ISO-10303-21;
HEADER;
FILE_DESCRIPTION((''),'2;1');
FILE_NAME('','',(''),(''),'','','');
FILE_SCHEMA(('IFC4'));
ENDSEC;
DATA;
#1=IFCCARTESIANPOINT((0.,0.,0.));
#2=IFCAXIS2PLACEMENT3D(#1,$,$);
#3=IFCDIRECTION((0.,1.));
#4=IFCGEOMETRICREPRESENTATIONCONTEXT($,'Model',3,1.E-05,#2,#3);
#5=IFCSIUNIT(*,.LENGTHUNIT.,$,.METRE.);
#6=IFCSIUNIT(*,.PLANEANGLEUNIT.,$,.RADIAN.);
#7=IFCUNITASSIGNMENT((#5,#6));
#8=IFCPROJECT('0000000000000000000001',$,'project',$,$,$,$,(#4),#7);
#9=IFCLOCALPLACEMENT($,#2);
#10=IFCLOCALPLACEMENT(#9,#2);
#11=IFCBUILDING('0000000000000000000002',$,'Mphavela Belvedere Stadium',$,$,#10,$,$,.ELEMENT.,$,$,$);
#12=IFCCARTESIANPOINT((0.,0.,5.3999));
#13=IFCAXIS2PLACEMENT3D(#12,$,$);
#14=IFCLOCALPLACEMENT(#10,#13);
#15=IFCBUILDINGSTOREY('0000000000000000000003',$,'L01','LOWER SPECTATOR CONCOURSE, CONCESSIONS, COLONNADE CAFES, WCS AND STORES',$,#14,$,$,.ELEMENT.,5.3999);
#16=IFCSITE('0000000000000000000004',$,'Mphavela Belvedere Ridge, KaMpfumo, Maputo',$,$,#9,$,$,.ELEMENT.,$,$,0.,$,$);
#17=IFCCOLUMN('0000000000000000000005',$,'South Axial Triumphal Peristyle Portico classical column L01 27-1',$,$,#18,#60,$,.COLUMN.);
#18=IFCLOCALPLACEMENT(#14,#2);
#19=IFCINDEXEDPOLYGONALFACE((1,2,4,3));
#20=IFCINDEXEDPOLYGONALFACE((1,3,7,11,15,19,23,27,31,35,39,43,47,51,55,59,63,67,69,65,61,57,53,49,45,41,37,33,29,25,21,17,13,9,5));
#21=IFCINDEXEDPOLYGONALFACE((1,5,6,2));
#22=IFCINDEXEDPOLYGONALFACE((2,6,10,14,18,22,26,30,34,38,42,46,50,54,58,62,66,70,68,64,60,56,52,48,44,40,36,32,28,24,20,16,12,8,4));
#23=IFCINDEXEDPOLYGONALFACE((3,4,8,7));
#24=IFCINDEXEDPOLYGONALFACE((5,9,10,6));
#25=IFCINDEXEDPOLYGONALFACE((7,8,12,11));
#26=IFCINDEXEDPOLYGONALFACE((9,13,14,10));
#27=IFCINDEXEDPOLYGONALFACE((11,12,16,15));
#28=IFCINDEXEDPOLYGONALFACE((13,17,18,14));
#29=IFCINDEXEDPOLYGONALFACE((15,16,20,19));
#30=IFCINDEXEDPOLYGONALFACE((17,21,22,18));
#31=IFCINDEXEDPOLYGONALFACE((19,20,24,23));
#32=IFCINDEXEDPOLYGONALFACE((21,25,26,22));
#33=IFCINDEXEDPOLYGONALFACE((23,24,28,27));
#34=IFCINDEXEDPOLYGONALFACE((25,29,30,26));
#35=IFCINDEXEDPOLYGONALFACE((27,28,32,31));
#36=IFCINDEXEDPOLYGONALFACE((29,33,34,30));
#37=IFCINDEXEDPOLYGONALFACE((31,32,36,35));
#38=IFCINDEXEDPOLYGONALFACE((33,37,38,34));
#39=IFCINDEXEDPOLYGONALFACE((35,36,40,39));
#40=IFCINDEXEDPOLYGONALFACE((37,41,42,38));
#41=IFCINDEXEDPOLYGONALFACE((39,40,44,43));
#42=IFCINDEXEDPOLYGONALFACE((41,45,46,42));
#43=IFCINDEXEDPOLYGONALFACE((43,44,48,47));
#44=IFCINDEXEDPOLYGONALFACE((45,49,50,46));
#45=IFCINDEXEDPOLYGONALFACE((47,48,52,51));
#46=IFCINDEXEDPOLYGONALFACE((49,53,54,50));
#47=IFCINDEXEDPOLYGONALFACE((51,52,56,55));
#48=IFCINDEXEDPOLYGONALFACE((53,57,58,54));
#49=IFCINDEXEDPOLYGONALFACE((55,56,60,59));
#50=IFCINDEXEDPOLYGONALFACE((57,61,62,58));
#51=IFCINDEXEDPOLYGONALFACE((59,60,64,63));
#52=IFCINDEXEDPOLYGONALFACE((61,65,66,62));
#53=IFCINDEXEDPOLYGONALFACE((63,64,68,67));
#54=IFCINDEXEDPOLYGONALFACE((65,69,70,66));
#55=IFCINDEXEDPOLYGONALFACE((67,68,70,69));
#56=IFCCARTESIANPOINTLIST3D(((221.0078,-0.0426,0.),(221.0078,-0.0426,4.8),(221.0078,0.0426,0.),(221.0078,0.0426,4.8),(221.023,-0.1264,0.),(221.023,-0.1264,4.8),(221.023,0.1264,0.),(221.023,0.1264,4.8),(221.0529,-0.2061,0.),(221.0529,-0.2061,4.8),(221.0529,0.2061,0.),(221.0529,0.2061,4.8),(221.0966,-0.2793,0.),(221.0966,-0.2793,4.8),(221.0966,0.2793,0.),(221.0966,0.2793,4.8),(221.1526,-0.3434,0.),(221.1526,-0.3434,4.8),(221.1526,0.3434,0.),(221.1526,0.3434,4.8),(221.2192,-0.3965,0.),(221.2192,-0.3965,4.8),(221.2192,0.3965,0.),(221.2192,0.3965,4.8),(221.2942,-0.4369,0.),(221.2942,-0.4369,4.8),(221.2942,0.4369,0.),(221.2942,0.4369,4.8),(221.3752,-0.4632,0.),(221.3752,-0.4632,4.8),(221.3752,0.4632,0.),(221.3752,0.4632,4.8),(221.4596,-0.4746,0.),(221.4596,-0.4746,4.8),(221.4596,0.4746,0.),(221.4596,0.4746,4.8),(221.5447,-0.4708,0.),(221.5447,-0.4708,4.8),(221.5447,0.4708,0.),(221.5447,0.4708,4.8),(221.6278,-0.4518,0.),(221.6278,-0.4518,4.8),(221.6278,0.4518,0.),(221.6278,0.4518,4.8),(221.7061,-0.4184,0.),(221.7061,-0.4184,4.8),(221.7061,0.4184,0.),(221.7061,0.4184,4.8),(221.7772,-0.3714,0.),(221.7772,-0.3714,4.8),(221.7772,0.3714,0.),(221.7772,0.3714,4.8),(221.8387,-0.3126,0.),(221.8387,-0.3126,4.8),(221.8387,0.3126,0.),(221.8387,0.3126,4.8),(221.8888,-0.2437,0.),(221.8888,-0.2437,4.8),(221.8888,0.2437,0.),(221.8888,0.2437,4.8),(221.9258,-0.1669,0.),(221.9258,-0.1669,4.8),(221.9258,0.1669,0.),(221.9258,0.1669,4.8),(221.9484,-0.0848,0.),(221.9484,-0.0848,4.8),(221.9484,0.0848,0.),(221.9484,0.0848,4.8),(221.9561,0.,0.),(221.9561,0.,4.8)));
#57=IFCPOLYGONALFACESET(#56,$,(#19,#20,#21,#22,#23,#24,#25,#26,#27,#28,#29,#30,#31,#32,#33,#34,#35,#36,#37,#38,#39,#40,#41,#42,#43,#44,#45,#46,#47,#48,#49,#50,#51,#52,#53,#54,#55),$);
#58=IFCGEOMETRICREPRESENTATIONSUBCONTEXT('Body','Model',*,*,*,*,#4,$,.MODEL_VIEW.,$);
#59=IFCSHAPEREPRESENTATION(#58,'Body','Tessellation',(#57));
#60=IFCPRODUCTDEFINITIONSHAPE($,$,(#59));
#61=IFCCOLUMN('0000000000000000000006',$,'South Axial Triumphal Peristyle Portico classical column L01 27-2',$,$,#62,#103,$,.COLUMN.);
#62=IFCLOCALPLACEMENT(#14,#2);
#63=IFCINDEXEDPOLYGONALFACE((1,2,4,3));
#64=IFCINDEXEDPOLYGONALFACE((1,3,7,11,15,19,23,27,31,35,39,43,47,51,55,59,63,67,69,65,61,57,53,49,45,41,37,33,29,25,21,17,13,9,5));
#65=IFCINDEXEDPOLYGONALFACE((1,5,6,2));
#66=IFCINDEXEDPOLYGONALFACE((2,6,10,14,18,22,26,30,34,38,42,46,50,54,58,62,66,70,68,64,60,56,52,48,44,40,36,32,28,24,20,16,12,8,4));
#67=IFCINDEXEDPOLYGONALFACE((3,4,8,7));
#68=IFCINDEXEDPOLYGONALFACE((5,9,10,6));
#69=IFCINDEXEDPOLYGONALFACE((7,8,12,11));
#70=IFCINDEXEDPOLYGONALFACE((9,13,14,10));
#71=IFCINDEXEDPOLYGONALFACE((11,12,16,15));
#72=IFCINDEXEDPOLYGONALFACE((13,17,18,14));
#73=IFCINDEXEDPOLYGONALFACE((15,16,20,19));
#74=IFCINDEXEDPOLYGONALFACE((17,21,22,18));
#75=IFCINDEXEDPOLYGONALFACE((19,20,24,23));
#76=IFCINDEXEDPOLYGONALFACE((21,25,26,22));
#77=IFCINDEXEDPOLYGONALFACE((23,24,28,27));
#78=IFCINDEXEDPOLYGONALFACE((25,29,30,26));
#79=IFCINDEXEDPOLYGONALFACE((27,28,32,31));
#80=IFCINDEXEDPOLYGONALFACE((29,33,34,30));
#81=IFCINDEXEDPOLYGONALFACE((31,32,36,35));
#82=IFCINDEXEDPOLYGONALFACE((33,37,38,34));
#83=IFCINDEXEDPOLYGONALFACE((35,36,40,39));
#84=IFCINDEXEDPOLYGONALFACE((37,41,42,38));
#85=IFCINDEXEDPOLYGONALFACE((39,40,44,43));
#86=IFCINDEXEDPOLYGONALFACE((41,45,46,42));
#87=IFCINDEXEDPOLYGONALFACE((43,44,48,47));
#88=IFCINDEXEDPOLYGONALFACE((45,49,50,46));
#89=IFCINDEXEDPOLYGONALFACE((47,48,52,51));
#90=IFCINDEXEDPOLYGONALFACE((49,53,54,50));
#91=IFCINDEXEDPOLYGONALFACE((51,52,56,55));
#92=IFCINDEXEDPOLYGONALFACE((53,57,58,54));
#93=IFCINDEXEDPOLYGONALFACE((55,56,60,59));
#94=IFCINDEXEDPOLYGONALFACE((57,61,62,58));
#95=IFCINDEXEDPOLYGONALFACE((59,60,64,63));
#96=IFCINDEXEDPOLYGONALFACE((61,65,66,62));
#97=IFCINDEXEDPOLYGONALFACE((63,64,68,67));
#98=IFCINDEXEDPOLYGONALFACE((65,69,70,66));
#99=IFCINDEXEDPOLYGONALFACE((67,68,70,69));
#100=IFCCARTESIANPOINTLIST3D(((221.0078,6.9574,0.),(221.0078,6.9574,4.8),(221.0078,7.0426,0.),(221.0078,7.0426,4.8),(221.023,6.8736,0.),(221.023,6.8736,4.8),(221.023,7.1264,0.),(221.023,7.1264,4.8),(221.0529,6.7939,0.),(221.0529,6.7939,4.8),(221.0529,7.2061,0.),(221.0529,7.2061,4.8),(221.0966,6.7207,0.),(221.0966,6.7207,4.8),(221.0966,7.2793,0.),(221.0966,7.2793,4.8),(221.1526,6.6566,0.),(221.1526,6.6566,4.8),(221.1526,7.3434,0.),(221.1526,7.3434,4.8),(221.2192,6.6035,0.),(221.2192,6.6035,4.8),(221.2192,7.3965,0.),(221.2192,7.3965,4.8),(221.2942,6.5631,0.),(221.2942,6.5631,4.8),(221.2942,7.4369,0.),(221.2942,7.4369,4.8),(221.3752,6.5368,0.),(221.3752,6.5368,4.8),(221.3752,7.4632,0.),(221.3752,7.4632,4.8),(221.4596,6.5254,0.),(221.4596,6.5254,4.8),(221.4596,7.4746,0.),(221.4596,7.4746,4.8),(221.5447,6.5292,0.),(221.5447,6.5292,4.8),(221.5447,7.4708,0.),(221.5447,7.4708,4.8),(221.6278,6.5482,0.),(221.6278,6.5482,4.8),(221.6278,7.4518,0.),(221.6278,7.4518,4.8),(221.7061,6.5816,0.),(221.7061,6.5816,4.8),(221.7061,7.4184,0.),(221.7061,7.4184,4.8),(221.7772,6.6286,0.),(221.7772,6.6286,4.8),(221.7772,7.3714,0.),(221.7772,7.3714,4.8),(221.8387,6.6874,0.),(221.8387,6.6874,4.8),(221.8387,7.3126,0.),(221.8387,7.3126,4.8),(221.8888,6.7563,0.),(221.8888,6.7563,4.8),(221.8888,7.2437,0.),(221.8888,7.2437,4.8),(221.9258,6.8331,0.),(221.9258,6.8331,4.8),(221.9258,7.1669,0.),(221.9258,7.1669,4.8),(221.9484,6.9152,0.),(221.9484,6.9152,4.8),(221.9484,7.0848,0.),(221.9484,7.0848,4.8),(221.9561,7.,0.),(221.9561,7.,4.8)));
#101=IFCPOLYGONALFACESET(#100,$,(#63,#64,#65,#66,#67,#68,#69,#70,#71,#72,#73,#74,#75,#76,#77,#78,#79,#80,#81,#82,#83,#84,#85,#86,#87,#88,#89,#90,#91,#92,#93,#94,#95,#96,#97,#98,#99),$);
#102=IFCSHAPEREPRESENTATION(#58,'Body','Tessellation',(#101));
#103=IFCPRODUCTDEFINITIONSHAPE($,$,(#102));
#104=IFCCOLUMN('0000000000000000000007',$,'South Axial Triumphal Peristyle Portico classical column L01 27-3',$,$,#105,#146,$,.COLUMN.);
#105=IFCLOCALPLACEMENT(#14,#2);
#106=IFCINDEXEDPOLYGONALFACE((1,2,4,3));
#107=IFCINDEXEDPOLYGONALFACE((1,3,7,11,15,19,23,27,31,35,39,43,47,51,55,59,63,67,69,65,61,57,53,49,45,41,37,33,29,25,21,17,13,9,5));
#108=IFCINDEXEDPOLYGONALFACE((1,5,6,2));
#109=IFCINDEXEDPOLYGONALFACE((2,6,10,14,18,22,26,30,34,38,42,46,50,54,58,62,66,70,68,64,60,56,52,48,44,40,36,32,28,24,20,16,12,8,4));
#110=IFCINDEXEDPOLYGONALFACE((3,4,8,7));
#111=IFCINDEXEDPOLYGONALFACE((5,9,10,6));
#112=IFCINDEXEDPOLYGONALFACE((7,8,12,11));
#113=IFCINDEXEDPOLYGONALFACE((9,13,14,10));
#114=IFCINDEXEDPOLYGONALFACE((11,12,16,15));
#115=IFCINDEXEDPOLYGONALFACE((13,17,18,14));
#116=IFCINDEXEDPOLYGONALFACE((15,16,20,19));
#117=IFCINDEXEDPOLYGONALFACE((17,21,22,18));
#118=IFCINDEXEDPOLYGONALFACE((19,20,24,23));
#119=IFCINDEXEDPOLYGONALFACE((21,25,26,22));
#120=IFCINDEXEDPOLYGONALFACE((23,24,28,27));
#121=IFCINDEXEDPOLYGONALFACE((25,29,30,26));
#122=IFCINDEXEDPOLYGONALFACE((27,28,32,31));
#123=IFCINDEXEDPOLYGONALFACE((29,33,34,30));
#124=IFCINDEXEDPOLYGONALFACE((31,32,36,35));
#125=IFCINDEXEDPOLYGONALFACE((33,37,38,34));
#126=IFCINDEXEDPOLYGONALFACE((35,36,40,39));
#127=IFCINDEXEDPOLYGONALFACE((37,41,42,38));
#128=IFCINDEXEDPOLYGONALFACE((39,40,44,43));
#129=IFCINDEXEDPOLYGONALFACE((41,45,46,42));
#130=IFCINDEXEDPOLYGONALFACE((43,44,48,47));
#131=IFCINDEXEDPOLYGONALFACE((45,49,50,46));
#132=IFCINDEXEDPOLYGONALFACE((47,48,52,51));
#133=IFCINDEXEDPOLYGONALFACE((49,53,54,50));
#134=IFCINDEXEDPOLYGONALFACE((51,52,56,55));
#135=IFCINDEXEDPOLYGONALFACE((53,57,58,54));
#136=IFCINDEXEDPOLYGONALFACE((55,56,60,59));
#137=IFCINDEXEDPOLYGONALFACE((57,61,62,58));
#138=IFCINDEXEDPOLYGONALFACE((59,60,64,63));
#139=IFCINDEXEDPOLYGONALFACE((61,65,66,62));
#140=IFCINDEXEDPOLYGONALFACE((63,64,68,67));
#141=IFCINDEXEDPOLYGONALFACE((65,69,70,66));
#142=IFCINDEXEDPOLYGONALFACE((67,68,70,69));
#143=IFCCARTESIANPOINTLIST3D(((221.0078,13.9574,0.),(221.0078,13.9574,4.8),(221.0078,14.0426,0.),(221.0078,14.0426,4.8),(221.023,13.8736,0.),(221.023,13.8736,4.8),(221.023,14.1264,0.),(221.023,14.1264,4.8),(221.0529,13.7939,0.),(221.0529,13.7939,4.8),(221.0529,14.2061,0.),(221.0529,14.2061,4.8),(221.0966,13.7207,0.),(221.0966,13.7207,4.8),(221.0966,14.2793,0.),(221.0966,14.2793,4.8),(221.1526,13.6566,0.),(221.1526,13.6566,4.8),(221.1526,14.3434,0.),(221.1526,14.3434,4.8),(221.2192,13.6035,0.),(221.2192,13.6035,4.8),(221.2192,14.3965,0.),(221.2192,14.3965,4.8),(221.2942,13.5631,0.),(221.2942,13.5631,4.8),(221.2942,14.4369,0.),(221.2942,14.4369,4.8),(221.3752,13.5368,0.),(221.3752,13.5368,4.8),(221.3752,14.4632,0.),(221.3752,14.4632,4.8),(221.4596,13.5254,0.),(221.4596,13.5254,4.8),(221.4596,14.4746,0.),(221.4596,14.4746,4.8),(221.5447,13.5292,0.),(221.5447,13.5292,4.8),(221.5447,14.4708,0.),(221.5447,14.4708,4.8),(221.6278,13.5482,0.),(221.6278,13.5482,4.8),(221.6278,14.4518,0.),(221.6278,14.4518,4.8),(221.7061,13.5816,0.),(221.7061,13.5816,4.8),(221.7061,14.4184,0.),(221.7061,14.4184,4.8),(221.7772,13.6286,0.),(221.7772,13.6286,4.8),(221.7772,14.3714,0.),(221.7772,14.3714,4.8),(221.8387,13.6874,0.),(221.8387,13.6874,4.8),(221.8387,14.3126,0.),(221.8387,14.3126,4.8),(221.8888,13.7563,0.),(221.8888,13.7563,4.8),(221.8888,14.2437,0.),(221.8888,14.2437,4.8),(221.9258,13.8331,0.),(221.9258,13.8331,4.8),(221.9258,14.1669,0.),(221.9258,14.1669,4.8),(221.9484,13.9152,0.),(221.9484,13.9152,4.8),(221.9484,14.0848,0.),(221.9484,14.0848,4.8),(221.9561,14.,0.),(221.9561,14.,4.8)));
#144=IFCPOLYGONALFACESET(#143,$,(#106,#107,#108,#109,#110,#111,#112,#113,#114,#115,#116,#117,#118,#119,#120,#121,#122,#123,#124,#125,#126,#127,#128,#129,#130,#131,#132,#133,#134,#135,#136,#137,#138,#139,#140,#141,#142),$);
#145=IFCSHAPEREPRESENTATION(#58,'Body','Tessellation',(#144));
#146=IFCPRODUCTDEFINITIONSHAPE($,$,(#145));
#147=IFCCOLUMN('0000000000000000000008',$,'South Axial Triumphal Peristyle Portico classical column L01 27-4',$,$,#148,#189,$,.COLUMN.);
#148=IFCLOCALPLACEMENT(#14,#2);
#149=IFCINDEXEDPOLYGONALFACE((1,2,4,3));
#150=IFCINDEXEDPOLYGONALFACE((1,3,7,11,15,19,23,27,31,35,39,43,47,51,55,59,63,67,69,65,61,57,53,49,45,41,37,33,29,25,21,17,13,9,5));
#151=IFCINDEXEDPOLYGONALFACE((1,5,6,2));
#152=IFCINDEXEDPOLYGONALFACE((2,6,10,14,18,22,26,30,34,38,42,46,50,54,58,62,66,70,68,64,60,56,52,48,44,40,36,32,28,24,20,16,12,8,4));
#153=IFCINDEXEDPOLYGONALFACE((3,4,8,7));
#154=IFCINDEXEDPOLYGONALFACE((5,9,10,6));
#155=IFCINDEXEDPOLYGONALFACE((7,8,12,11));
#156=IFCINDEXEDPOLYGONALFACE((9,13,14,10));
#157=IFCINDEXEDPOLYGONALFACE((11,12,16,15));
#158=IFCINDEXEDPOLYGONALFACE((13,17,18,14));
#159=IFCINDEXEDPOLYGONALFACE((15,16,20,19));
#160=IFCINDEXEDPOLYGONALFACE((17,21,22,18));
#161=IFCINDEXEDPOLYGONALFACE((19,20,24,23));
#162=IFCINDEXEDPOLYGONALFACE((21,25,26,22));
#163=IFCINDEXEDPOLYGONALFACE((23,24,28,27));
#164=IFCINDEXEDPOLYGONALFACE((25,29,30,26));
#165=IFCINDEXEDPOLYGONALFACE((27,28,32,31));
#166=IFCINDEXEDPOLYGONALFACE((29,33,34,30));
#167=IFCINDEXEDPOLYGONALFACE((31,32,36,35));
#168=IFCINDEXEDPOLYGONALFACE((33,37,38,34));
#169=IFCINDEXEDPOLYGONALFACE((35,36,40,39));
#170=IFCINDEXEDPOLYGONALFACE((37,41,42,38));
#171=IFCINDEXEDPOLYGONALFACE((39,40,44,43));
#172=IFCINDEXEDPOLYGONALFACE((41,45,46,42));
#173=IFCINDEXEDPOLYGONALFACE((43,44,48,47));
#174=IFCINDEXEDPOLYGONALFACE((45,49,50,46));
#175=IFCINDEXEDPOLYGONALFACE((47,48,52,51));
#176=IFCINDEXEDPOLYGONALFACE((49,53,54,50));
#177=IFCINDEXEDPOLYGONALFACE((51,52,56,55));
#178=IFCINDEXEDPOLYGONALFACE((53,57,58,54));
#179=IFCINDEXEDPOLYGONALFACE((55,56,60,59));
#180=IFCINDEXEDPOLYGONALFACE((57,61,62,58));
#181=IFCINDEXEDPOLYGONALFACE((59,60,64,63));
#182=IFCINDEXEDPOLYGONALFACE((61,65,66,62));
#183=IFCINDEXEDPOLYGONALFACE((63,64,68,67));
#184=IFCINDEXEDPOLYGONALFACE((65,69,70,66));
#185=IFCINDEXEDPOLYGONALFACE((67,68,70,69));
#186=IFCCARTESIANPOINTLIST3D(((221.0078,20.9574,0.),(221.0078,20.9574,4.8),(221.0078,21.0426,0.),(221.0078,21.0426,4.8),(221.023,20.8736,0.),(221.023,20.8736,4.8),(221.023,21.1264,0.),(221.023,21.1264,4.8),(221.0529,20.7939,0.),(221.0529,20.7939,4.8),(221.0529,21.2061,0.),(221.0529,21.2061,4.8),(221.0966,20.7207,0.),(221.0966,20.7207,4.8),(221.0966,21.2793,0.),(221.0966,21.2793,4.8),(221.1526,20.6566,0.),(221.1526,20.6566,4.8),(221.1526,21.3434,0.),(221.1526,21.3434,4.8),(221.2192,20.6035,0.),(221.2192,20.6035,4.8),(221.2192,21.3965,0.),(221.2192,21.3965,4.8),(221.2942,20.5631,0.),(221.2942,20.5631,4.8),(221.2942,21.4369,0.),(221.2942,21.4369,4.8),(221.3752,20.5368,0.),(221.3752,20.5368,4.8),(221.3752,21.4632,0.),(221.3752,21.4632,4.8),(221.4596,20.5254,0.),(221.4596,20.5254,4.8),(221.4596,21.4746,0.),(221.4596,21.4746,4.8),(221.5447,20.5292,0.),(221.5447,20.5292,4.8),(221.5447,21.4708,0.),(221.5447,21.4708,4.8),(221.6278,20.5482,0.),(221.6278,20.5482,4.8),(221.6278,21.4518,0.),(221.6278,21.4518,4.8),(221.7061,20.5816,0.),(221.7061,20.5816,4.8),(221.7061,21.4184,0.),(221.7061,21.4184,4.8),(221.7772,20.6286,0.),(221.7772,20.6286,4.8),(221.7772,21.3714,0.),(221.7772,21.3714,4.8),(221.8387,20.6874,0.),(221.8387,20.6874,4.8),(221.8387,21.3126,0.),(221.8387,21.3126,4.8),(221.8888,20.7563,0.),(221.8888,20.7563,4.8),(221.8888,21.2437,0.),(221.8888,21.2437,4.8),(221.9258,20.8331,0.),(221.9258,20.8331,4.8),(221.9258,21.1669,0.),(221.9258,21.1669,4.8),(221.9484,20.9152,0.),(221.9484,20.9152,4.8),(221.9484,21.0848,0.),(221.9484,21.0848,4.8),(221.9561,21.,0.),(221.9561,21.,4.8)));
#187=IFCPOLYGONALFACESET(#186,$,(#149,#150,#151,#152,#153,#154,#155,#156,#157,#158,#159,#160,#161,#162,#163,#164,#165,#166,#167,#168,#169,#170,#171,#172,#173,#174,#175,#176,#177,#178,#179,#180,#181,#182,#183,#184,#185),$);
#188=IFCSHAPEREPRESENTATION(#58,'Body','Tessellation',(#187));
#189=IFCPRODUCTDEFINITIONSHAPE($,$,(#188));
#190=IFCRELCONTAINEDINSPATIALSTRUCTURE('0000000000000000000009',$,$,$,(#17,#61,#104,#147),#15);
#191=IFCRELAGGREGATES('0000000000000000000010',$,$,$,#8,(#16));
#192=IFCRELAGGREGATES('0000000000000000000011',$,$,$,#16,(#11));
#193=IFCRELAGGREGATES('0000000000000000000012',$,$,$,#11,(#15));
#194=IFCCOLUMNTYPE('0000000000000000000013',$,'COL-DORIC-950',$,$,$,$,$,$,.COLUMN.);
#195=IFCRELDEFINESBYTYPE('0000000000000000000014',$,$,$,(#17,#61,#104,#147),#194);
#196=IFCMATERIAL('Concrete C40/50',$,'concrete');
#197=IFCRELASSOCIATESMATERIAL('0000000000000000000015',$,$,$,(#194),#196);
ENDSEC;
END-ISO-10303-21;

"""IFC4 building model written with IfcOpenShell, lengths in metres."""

from ifc_helpers import new_model, si_unit, direction, frame, origin, origin_2d, place, context, subcontext, project, spatial, circle, extrude, material, material_profile, profile_set, type_object, element, save


model = new_model("IFC4")

# Units and contexts
model_context = context("Model", 3, precision=1e-05, world=origin(), true_north=direction((0.0, 1.0)))
body_context = subcontext(model_context, "Body", "Model", "MODEL_VIEW")
ifc_project = project(units=[si_unit("LENGTHUNIT", "METRE"), si_unit("PLANEANGLEUNIT", "RADIAN")], contexts=[model_context])

# Site, building, storey
site_placement = place(None, origin())
site = spatial("IfcSite", under=ifc_project, at=site_placement, Name="Mphavela Belvedere Ridge, KaMpfumo, Maputo", CompositionType="ELEMENT", RefElevation=0.0)
building_placement = place(site_placement, origin())
building = spatial("IfcBuilding", under=site, at=building_placement, Name="Mphavela Belvedere Stadium", CompositionType="ELEMENT")
storey_placement = place(building_placement, frame((0.0, 0.0, 5.3999)))
storey = spatial("IfcBuildingStorey", under=building, at=storey_placement, Name="L01", Description="LOWER SPECTATOR CONCOURSE, CONCESSIONS, COLONNADE CAFES, WCS AND STORES", CompositionType="ELEMENT", Elevation=5.3999)

# Columns
ifc_material_1 = material(Name="Concrete C40/50", Category="concrete")
ifc_material_profile_1 = material_profile(ifc_material_1, circle(Radius=0.4751, at=origin_2d()), Name="COL D950")
ifc_profile_set_1 = profile_set([ifc_material_profile_1], Name="Concrete C40/50")
column_type = type_object("IfcColumnType", Name="COL-DORIC-950", PredefinedType="COLUMN", material=ifc_profile_set_1)
for number, where, z_axis, x_axis, name in (
    (1, (221.481, 0.0, 0.0), (0.0, 0.0, 1.0), (1.0, 0.0, 0.0), "South Axial Triumphal Peristyle Portico classical column L01 27-1"),
    (2, (221.481, 7.0, 0.0), (0.0, 0.0, 1.0), (1.0, 0.0, 0.0), "South Axial Triumphal Peristyle Portico classical column L01 27-2"),
    (3, (221.481, 14.0, 0.0), (0.0, 0.0, 1.0), (1.0, 0.0, 0.0), "South Axial Triumphal Peristyle Portico classical column L01 27-3"),
    (4, (221.481, 21.0, 0.0), (0.0, 0.0, 1.0), (1.0, 0.0, 0.0), "South Axial Triumphal Peristyle Portico classical column L01 27-4"),
):
    element("IfcColumn", number, at=place(storey_placement, frame(where, z_axis=z_axis, x_axis=x_axis)), inside=storey, type_object=column_type, Name=name, PredefinedType="COLUMN", context=body_context, shape_type="SweptSolid", body=[
        extrude(circle(Radius=0.4751, at=origin_2d()), origin(), (0.0, 0.0, 1.0), 4.8),
    ])

save(model, "model.ifc")
